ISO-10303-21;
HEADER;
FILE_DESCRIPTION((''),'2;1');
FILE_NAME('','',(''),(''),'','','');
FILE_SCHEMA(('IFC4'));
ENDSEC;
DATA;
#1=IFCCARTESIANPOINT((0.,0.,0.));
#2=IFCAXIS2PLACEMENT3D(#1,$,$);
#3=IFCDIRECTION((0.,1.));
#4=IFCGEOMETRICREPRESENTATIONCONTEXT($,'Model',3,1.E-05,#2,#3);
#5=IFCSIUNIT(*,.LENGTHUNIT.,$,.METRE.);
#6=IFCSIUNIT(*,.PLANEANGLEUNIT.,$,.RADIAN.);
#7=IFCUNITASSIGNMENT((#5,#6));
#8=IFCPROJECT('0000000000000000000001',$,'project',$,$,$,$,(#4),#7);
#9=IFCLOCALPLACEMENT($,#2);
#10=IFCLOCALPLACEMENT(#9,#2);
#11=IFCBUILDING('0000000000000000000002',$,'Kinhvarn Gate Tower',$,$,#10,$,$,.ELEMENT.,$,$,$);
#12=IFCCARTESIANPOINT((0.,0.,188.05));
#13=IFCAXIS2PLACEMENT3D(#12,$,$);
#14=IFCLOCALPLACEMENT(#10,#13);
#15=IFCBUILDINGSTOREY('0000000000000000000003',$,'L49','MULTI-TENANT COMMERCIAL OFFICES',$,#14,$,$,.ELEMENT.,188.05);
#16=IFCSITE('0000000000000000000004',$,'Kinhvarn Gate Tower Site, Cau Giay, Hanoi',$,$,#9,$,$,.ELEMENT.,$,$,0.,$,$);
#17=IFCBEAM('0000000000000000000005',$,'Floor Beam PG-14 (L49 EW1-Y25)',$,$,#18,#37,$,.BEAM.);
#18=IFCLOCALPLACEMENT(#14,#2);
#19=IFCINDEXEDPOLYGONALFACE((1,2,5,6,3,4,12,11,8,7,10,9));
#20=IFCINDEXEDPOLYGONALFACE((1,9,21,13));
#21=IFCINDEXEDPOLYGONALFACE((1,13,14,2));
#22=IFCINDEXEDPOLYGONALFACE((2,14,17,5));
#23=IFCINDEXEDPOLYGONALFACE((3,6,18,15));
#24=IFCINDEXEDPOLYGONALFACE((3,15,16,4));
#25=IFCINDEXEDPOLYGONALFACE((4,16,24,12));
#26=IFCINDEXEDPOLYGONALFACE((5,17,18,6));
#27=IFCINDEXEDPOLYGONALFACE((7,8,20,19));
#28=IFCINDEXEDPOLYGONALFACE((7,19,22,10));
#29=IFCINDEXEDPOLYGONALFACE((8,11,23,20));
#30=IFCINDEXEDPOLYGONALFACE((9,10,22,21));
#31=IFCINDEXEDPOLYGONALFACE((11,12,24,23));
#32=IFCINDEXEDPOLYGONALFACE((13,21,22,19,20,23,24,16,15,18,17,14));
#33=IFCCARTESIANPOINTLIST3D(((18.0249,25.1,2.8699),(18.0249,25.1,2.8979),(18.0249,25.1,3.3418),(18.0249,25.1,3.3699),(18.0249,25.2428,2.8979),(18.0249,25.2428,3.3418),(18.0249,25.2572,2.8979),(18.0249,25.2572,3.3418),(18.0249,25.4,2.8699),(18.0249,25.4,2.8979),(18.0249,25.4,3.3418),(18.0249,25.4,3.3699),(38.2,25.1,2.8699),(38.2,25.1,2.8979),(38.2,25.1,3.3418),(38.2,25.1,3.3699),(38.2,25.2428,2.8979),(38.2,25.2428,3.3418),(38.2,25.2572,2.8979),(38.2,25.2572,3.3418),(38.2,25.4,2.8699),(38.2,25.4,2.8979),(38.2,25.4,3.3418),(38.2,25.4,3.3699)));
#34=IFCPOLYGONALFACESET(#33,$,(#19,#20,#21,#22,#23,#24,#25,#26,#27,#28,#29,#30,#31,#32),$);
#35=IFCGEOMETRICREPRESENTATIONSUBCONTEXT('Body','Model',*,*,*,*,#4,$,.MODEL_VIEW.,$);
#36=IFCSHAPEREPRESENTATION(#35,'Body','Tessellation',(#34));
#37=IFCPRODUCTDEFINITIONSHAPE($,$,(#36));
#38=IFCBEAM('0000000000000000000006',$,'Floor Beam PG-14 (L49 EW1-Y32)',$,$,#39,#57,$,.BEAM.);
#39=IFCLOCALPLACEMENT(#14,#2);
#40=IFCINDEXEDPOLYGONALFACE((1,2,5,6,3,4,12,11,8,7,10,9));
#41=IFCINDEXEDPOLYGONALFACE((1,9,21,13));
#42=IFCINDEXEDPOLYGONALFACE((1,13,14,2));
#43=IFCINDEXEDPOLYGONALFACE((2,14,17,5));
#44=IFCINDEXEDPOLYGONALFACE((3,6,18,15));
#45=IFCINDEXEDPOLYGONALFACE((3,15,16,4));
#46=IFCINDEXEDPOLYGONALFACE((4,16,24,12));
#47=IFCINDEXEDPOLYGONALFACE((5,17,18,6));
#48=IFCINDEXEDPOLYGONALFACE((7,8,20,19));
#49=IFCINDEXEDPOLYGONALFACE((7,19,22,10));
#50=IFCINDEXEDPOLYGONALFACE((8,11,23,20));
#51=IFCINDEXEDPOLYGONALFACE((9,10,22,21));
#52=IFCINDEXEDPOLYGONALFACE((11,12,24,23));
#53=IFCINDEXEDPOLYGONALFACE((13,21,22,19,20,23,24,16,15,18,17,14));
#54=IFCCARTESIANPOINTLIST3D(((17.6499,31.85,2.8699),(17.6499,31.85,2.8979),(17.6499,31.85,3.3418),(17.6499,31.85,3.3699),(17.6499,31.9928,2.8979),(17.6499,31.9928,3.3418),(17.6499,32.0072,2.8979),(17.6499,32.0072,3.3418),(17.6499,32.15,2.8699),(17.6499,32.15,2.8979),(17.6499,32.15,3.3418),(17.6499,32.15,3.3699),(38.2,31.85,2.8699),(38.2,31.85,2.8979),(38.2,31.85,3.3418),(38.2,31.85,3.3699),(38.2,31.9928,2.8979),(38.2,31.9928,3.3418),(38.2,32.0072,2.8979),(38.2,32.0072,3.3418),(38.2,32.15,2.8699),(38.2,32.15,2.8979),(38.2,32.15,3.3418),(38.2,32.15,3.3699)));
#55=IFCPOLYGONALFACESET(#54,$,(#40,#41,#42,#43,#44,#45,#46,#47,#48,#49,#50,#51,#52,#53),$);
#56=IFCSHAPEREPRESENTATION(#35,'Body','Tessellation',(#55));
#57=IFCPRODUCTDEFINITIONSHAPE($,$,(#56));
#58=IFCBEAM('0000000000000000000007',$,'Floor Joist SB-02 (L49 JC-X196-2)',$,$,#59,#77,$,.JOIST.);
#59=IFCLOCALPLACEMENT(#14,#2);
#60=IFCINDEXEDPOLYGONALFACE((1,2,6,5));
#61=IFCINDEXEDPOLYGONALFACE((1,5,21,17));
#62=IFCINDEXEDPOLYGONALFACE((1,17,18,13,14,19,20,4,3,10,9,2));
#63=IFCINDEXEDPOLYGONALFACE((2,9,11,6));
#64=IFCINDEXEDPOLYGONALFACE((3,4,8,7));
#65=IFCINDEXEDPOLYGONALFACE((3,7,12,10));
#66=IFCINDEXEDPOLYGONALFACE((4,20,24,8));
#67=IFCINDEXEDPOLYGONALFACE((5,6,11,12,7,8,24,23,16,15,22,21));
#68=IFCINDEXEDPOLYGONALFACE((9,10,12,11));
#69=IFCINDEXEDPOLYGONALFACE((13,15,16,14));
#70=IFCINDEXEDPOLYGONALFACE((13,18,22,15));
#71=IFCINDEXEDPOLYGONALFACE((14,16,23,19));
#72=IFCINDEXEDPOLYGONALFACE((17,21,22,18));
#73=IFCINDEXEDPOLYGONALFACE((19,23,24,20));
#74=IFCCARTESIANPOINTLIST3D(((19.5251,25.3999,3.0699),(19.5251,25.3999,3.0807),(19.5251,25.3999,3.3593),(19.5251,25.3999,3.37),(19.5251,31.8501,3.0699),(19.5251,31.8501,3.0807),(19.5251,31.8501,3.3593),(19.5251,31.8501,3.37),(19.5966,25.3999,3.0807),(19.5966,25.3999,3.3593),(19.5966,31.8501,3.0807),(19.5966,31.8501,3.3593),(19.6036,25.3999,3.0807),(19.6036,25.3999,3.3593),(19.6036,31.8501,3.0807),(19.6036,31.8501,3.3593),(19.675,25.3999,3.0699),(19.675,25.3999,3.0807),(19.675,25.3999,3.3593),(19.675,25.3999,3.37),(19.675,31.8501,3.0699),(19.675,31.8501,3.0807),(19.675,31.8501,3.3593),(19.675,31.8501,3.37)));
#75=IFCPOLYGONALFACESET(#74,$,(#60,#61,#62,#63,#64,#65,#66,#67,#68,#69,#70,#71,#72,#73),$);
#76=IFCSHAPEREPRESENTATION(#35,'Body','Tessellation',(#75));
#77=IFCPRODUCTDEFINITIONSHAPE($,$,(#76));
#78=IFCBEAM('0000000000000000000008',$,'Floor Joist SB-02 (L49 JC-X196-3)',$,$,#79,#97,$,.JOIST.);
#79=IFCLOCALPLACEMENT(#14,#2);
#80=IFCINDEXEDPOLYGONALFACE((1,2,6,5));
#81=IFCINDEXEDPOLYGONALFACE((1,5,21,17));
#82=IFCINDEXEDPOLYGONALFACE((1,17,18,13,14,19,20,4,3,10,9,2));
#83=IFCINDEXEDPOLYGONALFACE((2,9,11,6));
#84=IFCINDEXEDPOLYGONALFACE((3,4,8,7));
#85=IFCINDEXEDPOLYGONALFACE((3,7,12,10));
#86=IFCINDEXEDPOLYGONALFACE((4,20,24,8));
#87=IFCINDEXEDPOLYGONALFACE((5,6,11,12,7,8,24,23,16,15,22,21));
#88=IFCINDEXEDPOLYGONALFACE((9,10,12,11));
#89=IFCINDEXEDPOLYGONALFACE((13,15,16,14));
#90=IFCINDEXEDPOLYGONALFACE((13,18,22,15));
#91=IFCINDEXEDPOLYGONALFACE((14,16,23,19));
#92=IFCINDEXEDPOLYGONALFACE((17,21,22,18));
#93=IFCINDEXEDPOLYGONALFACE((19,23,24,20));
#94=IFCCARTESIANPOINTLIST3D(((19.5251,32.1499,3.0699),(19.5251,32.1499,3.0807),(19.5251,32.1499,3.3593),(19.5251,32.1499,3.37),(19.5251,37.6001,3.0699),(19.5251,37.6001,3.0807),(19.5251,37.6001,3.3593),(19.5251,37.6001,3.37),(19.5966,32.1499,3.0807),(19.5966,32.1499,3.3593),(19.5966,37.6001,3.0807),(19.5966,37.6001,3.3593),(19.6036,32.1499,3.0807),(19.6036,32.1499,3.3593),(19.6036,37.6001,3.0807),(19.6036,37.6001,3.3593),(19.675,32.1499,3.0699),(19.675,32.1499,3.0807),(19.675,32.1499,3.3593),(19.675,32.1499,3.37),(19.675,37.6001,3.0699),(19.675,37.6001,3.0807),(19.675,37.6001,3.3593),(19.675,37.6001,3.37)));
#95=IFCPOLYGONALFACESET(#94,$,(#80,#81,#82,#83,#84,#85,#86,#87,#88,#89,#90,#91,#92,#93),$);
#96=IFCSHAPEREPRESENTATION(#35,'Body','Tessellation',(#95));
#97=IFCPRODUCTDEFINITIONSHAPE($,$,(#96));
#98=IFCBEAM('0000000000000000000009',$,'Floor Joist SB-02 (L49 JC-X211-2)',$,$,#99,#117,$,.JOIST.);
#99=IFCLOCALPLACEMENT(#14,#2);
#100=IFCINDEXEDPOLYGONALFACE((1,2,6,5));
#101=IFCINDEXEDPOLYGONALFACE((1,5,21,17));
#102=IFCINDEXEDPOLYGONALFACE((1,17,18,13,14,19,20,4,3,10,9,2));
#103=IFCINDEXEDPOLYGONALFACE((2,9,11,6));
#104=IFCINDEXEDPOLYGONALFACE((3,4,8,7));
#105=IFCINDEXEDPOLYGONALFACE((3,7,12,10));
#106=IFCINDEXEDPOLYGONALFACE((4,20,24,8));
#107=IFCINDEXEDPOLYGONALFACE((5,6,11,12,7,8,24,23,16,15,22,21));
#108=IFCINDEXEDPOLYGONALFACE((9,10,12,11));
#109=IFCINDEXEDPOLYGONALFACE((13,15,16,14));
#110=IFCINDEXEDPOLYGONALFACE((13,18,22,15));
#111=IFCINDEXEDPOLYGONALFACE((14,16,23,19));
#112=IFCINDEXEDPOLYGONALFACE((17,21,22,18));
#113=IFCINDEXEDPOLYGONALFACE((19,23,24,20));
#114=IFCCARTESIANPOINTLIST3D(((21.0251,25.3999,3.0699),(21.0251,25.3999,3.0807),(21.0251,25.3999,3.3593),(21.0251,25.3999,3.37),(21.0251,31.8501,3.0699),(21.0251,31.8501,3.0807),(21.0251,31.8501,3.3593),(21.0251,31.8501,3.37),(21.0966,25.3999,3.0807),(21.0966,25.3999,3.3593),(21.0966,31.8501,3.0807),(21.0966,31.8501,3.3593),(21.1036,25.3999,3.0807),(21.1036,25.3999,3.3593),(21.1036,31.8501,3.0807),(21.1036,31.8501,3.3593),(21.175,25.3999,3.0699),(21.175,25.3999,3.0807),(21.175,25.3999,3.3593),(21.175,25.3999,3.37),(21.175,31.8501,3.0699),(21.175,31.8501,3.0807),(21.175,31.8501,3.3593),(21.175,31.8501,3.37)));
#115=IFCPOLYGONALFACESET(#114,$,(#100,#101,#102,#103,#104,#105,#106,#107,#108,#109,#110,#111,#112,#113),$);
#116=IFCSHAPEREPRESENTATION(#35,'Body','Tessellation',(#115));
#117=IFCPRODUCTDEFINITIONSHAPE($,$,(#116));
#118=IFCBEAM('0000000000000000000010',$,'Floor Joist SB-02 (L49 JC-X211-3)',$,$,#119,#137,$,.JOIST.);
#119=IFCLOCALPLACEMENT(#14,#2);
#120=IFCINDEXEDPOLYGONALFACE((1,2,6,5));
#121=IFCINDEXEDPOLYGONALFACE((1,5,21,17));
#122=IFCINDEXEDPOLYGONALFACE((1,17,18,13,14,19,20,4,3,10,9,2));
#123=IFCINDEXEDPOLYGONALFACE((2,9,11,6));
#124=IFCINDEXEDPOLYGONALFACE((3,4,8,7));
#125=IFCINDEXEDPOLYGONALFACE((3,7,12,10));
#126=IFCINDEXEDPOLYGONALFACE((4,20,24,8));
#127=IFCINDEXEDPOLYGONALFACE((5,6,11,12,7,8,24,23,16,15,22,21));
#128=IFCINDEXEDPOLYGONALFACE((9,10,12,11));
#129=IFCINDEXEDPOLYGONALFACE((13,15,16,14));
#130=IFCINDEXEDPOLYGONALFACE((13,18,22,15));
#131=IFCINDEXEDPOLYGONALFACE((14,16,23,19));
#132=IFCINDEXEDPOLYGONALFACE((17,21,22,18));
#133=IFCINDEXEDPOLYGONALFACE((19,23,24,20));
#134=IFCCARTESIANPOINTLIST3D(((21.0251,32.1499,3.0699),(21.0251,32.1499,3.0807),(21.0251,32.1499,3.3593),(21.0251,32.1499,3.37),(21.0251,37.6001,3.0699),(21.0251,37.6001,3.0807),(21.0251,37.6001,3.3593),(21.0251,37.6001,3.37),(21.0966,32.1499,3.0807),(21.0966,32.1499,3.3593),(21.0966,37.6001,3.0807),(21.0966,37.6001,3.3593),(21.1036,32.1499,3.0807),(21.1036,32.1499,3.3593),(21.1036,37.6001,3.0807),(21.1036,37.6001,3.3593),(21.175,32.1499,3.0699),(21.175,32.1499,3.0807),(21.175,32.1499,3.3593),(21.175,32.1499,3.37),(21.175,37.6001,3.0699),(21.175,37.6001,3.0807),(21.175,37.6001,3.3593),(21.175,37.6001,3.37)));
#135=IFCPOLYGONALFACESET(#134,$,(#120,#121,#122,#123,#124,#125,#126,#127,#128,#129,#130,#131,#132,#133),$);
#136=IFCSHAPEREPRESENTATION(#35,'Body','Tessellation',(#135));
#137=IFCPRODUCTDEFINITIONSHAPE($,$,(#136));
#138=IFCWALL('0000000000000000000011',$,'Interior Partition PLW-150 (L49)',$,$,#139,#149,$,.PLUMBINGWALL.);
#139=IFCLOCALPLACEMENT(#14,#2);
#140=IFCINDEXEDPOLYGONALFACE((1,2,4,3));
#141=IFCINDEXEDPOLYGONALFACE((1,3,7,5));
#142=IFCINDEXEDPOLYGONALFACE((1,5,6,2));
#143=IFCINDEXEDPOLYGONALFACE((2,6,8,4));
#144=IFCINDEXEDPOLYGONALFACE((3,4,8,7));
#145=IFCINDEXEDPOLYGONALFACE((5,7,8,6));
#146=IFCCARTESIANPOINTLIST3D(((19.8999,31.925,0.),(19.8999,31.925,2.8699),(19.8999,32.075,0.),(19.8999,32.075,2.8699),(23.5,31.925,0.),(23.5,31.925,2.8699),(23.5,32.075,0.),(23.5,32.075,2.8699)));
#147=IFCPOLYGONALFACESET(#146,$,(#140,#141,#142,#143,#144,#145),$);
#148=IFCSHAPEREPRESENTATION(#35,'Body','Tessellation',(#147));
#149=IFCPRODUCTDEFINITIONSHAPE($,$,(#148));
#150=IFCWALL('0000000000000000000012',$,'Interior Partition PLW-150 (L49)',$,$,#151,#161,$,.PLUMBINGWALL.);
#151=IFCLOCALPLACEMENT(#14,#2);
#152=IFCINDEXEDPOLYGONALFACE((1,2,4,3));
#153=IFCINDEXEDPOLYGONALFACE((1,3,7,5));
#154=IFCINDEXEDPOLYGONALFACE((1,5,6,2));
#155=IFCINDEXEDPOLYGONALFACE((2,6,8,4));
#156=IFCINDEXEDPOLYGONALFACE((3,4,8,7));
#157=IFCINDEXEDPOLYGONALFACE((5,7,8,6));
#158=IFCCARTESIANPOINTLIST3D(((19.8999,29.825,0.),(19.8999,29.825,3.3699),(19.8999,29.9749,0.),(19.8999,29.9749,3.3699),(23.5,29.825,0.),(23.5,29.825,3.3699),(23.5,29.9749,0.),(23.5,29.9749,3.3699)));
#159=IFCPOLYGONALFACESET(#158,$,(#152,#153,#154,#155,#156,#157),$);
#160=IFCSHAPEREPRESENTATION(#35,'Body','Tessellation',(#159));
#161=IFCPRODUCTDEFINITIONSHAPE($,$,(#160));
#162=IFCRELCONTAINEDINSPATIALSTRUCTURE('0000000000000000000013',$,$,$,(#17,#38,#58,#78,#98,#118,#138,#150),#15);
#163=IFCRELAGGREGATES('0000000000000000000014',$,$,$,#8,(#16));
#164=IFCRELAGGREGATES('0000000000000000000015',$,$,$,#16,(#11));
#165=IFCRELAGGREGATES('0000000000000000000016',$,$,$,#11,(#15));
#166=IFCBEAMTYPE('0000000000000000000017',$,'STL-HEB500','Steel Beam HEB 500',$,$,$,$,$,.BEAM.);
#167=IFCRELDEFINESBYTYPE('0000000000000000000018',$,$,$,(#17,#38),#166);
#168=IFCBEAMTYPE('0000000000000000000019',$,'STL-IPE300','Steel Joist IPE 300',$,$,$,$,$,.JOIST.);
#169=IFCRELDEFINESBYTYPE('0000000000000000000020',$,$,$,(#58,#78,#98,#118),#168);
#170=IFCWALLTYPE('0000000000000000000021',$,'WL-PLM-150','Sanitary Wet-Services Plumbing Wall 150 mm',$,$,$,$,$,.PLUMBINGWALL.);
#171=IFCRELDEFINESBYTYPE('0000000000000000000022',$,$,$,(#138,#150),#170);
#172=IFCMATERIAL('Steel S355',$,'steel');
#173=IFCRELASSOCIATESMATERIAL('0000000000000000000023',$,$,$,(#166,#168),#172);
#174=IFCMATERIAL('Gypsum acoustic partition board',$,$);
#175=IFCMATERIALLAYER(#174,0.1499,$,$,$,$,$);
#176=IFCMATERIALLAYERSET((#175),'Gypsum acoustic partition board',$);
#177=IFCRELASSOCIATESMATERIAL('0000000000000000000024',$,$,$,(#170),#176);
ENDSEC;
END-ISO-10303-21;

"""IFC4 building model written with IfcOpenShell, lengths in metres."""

from ifc_helpers import new_model, si_unit, direction, frame, frame_2d, origin, origin_2d, place, context, subcontext, project, spatial, rectangle, i_section, extrude, material, layer, layer_set, material_profile, profile_set, type_object, element, save


model = new_model("IFC4")

# Units and contexts
model_context = context("Model", 3, precision=1e-05, world=origin(), true_north=direction((0.0, 1.0)))
body_context = subcontext(model_context, "Body", "Model", "MODEL_VIEW")
ifc_project = project(units=[si_unit("LENGTHUNIT", "METRE"), si_unit("PLANEANGLEUNIT", "RADIAN")], contexts=[model_context])

# Site, building, storey
site_placement = place(None, origin())
site = spatial("IfcSite", under=ifc_project, at=site_placement, Name="Kinhvarn Gate Tower Site, Cau Giay, Hanoi", CompositionType="ELEMENT", RefElevation=0.0)
building_placement = place(site_placement, origin())
building = spatial("IfcBuilding", under=site, at=building_placement, Name="Kinhvarn Gate Tower", CompositionType="ELEMENT")
storey_placement = place(building_placement, frame((0.0, 0.0, 188.05)))
storey = spatial("IfcBuildingStorey", under=building, at=storey_placement, Name="L49", Description="MULTI-TENANT COMMERCIAL OFFICES", CompositionType="ELEMENT", Elevation=188.05)

# Beams
ifc_material_1 = material(Name="Steel S355", Category="steel")
ifc_material_profile_1 = material_profile(ifc_material_1, i_section(OverallWidth=0.3, OverallDepth=0.5, WebThickness=0.0144, FlangeThickness=0.0281, at=origin_2d()), Name="HEB 500")
ifc_profile_set_1 = profile_set([ifc_material_profile_1], Name="Steel S355")
beam_type_1 = type_object("IfcBeamType", Name="STL-HEB500", Description="Steel Beam HEB 500", PredefinedType="BEAM", material=ifc_profile_set_1)
beam_1_placement = place(storey_placement, frame((18.0249, 25.25, 3.1199), z_axis=(1.0, 0.0, 0.0), x_axis=(0.0, 1.0, 0.0)))
element("IfcBeam", 1, at=beam_1_placement, inside=storey, type_object=beam_type_1, Name="Floor Beam PG-14 (L49 EW1-Y25)", PredefinedType="BEAM", context=body_context, shape_type="SweptSolid", body=[
    extrude(i_section(OverallWidth=0.3, OverallDepth=0.5, WebThickness=0.0144, FlangeThickness=0.0281, at=origin_2d()), origin(), (0.0, 0.0, 1.0), 20.175),
])
beam_2_placement = place(storey_placement, frame((17.6499, 32.0, 3.1199), z_axis=(1.0, 0.0, 0.0), x_axis=(0.0, 1.0, 0.0)))
element("IfcBeam", 2, at=beam_2_placement, inside=storey, type_object=beam_type_1, Name="Floor Beam PG-14 (L49 EW1-Y32)", PredefinedType="BEAM", context=body_context, shape_type="SweptSolid", body=[
    extrude(i_section(OverallWidth=0.3, OverallDepth=0.5, WebThickness=0.0144, FlangeThickness=0.0281, at=origin_2d()), origin(), (0.0, 0.0, 1.0), 20.55),
])
ifc_material_profile_2 = material_profile(ifc_material_1, i_section(OverallWidth=0.1499, OverallDepth=0.3, WebThickness=0.0071, FlangeThickness=0.0107, at=origin_2d()), Name="IPE 300")
ifc_profile_set_2 = profile_set([ifc_material_profile_2], Name="Steel S355")
beam_type_2 = type_object("IfcBeamType", Name="STL-IPE300", Description="Steel Joist IPE 300", PredefinedType="JOIST", material=ifc_profile_set_2)
beam_3_placement = place(storey_placement, frame((19.6001, 25.3999, 3.22), z_axis=(0.0, 1.0, 0.0), x_axis=(-1.0, 0.0, 0.0)))
element("IfcBeam", 3, at=beam_3_placement, inside=storey, type_object=beam_type_2, Name="Floor Joist SB-02 (L49 JC-X196-2)", PredefinedType="JOIST", context=body_context, shape_type="SweptSolid", body=[
    extrude(i_section(OverallWidth=0.1499, OverallDepth=0.3, WebThickness=0.0071, FlangeThickness=0.0107, at=origin_2d()), origin(), (0.0, 0.0, 1.0), 6.4502),
])
beam_4_placement = place(storey_placement, frame((19.6001, 32.1499, 3.22), z_axis=(0.0, 1.0, 0.0), x_axis=(-1.0, 0.0, 0.0)))
element("IfcBeam", 4, at=beam_4_placement, inside=storey, type_object=beam_type_2, Name="Floor Joist SB-02 (L49 JC-X196-3)", PredefinedType="JOIST", context=body_context, shape_type="SweptSolid", body=[
    extrude(i_section(OverallWidth=0.1499, OverallDepth=0.3, WebThickness=0.0071, FlangeThickness=0.0107, at=origin_2d()), origin(), (0.0, 0.0, 1.0), 5.4502),
])
beam_5_placement = place(storey_placement, frame((21.1001, 25.3999, 3.22), z_axis=(0.0, 1.0, 0.0), x_axis=(-1.0, 0.0, 0.0)))
element("IfcBeam", 5, at=beam_5_placement, inside=storey, type_object=beam_type_2, Name="Floor Joist SB-02 (L49 JC-X211-2)", PredefinedType="JOIST", context=body_context, shape_type="SweptSolid", body=[
    extrude(i_section(OverallWidth=0.1499, OverallDepth=0.3, WebThickness=0.0071, FlangeThickness=0.0107, at=origin_2d()), origin(), (0.0, 0.0, 1.0), 6.4502),
])
beam_6_placement = place(storey_placement, frame((21.1001, 32.1499, 3.22), z_axis=(0.0, 1.0, 0.0), x_axis=(-1.0, 0.0, 0.0)))
element("IfcBeam", 6, at=beam_6_placement, inside=storey, type_object=beam_type_2, Name="Floor Joist SB-02 (L49 JC-X211-3)", PredefinedType="JOIST", context=body_context, shape_type="SweptSolid", body=[
    extrude(i_section(OverallWidth=0.1499, OverallDepth=0.3, WebThickness=0.0071, FlangeThickness=0.0107, at=origin_2d()), origin(), (0.0, 0.0, 1.0), 5.4502),
])

# Walls
ifc_material_2 = material(Name="Gypsum acoustic partition board")
ifc_layer_1 = layer(ifc_material_2, 0.1499)
ifc_layer_set_1 = layer_set([ifc_layer_1], Name="Gypsum acoustic partition board")
wall_type_1 = type_object("IfcWallType", Name="WL-PLM-150", Description="Sanitary Wet-Services Plumbing Wall 150 mm", PredefinedType="PLUMBINGWALL", material=ifc_layer_set_1)
wall_1_placement = place(storey_placement, frame((19.8999, 32.0, 0.0), z_axis=(0.0, 0.0, 1.0), x_axis=(1.0, 0.0, 0.0)))
element("IfcWall", 7, at=wall_1_placement, inside=storey, type_object=wall_type_1, Name="Interior Partition PLW-150 (L49)", PredefinedType="PLUMBINGWALL", context=body_context, shape_type="SweptSolid", body=[
    extrude(rectangle(XDim=3.6001, YDim=0.1499, at=frame_2d((1.8, 0.0))), origin(), (0.0, 0.0, 1.0), 2.8699),
])
wall_2_placement = place(storey_placement, frame((19.8999, 29.8999, 0.0), z_axis=(0.0, 0.0, 1.0), x_axis=(1.0, 0.0, 0.0)))
element("IfcWall", 8, at=wall_2_placement, inside=storey, type_object=wall_type_1, Name="Interior Partition PLW-150 (L49)", PredefinedType="PLUMBINGWALL", context=body_context, shape_type="SweptSolid", body=[
    extrude(rectangle(XDim=3.6001, YDim=0.1499, at=frame_2d((1.8, 0.0))), origin(), (0.0, 0.0, 1.0), 3.3699),
])

save(model, "model.ifc")
